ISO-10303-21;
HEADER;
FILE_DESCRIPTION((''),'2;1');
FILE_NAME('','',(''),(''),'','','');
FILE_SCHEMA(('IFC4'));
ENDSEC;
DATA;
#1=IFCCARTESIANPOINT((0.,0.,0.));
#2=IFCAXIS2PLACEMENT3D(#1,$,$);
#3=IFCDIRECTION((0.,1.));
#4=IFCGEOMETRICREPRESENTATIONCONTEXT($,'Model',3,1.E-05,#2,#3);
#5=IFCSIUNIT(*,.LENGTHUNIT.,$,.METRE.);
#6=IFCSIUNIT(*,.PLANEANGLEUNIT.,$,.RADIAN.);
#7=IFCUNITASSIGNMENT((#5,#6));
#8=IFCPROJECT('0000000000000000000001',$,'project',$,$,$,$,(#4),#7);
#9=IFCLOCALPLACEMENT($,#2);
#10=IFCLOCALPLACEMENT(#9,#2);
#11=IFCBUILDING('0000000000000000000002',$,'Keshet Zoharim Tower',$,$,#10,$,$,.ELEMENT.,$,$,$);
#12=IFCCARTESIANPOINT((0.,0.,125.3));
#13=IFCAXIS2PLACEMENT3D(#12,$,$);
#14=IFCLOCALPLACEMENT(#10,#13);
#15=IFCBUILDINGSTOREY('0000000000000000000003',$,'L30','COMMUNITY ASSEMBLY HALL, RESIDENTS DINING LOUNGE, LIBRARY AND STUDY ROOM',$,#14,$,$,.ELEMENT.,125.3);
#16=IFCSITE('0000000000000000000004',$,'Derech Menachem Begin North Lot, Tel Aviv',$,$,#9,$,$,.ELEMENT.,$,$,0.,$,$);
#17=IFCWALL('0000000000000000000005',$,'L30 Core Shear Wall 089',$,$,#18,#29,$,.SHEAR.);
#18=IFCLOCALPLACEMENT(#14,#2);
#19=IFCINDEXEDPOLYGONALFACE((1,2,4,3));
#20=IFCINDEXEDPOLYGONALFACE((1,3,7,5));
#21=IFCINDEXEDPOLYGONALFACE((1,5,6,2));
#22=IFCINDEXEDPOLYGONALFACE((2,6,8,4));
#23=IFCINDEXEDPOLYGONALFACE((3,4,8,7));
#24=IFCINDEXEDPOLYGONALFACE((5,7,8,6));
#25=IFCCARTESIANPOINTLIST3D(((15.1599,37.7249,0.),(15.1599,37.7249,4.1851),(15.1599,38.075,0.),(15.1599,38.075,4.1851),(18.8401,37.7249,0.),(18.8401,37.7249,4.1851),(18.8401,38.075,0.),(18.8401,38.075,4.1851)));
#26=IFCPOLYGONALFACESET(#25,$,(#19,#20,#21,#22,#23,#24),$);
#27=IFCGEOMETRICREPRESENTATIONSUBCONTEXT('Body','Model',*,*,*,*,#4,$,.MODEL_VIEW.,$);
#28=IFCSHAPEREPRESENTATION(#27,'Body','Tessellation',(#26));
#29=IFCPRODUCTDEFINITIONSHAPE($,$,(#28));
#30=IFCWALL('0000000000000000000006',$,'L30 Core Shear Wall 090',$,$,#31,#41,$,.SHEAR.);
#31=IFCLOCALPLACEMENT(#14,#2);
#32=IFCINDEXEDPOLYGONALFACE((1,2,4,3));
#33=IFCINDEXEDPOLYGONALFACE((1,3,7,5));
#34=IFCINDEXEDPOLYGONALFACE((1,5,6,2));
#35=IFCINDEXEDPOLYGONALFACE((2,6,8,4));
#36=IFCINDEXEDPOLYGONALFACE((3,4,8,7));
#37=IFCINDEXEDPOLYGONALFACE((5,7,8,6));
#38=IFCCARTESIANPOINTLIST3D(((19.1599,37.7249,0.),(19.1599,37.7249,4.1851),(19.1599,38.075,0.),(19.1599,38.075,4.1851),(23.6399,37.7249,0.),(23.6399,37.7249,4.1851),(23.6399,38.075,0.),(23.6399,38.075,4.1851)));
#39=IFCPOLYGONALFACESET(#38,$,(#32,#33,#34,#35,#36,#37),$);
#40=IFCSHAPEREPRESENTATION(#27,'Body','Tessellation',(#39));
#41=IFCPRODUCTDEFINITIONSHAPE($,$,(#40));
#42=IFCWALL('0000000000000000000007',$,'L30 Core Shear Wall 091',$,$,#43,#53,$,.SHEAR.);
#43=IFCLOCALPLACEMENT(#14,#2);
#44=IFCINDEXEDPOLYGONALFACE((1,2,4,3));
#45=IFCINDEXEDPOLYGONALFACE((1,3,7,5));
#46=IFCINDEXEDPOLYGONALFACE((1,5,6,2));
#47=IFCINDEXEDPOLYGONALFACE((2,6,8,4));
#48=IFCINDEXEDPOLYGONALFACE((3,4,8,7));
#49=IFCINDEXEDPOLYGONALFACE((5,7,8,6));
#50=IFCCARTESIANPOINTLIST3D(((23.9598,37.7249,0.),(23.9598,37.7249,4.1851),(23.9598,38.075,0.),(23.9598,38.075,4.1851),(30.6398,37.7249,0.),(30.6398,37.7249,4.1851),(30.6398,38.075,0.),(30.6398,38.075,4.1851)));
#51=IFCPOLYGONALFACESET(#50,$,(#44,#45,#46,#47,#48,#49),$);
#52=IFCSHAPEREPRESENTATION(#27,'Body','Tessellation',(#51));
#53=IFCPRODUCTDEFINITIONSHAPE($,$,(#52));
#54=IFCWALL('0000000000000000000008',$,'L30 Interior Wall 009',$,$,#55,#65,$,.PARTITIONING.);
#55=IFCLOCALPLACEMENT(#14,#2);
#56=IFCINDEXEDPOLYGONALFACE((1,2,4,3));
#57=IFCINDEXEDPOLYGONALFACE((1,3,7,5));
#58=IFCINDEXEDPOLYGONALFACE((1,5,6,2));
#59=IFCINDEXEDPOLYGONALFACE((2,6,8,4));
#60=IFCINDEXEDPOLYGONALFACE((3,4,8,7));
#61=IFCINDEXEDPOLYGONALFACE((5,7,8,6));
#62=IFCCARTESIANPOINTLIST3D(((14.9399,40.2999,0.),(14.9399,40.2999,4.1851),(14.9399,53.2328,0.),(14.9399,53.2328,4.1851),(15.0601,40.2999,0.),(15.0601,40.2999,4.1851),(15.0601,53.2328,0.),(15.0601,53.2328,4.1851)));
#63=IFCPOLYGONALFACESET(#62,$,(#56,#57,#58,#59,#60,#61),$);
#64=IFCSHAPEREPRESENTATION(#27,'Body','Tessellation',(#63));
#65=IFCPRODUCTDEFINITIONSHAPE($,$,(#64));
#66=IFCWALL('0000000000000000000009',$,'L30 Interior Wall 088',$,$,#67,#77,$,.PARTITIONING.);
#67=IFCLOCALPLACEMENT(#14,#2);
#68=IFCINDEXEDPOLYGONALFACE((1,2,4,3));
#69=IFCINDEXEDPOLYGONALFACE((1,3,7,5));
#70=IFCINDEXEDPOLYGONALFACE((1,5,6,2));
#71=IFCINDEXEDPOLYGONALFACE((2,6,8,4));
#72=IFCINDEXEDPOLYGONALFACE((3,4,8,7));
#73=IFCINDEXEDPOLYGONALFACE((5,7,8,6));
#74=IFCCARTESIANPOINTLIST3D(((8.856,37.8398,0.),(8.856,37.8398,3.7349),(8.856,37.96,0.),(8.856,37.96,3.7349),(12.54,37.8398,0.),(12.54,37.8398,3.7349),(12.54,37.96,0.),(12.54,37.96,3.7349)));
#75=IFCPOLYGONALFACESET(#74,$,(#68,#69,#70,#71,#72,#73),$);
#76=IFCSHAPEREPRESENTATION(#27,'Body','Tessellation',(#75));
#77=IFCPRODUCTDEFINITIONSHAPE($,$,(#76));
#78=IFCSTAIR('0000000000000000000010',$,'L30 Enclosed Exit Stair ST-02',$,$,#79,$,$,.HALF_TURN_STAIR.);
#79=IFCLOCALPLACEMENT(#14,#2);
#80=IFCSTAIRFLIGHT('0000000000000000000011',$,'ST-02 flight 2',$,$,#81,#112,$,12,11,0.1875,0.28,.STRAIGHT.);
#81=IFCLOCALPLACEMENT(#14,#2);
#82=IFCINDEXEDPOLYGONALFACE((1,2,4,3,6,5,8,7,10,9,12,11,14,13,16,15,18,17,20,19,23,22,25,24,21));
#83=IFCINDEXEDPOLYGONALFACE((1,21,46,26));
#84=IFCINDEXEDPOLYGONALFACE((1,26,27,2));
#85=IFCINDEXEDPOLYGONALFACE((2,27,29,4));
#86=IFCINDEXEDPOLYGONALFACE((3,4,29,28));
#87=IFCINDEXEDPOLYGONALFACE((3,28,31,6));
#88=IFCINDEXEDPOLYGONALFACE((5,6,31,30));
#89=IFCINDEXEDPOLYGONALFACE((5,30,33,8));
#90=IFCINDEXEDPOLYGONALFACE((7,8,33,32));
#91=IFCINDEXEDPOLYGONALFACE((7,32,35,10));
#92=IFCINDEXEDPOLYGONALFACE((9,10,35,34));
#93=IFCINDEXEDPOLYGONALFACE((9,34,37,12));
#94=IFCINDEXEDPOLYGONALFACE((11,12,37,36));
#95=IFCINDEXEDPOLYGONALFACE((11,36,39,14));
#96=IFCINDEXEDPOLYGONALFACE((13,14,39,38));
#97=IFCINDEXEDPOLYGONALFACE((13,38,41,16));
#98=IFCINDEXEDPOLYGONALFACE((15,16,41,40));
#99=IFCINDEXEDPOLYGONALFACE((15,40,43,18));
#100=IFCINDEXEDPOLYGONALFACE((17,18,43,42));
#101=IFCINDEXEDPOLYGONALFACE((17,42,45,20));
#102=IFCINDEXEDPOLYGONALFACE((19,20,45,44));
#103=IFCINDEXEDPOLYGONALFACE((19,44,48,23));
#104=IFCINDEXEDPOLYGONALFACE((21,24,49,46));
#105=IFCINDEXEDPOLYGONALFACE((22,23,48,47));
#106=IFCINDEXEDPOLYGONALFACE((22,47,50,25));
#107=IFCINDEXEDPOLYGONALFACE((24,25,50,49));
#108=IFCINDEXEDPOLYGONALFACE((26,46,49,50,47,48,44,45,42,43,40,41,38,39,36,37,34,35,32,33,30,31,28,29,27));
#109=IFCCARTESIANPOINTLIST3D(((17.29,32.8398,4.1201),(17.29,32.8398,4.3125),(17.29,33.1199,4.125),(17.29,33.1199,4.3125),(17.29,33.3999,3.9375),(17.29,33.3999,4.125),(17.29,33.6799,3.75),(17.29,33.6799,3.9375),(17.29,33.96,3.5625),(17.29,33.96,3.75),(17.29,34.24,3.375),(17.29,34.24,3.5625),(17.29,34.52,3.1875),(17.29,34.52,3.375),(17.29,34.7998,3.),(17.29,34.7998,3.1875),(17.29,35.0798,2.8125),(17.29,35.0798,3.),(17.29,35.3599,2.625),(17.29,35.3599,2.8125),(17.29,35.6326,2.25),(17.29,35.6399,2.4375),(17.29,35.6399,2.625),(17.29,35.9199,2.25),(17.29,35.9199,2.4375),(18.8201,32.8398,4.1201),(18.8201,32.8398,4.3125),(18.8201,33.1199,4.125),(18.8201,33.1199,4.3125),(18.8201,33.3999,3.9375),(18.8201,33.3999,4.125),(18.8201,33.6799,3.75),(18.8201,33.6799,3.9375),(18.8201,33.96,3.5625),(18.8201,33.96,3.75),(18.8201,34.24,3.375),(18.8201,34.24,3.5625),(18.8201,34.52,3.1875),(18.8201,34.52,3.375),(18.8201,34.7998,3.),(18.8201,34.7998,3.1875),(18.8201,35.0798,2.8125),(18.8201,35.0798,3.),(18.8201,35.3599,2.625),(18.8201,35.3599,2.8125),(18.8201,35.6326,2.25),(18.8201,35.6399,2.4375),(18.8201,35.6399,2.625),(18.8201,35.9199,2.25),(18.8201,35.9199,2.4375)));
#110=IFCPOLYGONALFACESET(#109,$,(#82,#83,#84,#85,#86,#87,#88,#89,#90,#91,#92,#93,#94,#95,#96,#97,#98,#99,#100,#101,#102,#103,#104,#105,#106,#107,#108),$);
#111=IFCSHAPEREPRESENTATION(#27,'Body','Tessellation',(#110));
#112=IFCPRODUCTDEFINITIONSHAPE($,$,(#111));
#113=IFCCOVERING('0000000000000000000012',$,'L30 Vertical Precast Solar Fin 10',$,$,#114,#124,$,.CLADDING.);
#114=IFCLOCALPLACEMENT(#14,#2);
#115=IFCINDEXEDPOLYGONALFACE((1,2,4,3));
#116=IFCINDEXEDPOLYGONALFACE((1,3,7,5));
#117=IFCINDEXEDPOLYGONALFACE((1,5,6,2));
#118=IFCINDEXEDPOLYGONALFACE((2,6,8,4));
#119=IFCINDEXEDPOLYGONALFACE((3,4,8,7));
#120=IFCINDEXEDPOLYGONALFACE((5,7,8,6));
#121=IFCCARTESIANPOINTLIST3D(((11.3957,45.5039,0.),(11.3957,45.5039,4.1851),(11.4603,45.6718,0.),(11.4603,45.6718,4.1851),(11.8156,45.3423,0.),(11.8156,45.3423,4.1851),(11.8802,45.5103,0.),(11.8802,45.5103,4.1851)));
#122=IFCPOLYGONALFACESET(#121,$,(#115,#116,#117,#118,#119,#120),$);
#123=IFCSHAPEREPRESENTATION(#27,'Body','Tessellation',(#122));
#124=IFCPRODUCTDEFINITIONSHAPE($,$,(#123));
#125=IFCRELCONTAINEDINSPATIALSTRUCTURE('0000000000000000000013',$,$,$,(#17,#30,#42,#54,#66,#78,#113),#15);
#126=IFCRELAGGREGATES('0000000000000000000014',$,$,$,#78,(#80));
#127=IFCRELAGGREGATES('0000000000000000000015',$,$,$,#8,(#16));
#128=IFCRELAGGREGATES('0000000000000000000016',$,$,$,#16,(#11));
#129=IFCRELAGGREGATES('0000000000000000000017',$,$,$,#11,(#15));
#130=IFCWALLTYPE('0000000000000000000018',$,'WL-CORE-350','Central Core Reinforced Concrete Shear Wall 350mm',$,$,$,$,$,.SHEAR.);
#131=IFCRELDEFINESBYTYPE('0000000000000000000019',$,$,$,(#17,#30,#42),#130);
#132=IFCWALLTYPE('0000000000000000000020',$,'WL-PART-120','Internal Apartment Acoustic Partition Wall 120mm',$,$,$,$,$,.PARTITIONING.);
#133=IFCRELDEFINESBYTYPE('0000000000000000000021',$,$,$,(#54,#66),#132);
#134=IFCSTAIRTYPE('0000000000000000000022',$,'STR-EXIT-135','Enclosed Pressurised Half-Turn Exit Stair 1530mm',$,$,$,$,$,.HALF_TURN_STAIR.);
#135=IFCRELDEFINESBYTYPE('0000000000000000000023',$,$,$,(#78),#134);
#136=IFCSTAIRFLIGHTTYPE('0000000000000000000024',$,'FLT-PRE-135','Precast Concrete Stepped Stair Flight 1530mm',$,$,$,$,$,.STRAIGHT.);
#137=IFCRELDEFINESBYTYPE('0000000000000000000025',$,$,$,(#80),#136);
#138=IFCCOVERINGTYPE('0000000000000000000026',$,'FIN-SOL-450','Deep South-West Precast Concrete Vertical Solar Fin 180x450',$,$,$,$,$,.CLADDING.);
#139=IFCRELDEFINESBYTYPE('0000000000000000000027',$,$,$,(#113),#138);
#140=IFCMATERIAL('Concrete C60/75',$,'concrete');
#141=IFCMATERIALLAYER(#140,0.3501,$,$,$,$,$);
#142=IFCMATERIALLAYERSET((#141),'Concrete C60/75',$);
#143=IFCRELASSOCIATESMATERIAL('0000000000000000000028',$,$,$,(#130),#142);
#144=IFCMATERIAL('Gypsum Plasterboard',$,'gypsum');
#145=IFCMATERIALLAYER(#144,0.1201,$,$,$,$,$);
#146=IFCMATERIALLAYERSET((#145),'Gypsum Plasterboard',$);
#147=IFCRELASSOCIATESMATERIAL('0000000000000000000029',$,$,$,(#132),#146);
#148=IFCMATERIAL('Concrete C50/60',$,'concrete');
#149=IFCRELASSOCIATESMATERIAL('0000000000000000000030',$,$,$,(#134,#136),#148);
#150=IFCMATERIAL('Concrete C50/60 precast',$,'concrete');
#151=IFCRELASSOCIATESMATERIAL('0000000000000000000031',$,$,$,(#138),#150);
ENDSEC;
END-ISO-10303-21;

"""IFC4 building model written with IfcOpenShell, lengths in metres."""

from ifc_helpers import new_model, si_unit, direction, frame, frame_2d, origin, origin_2d, place, context, subcontext, project, spatial, polyline, rectangle, outline, extrude, material, layer, layer_set, type_object, element, aggregate, save


model = new_model("IFC4")

# Units and contexts
model_context = context("Model", 3, precision=1e-05, world=origin(), true_north=direction((0.0, 1.0)))
body_context = subcontext(model_context, "Body", "Model", "MODEL_VIEW")
ifc_project = project(units=[si_unit("LENGTHUNIT", "METRE"), si_unit("PLANEANGLEUNIT", "RADIAN")], contexts=[model_context])

# Site, building, storey
site_placement = place(None, origin())
site = spatial("IfcSite", under=ifc_project, at=site_placement, Name="Derech Menachem Begin North Lot, Tel Aviv", CompositionType="ELEMENT", RefElevation=0.0)
building_placement = place(site_placement, origin())
building = spatial("IfcBuilding", under=site, at=building_placement, Name="Keshet Zoharim Tower", CompositionType="ELEMENT")
storey_placement = place(building_placement, frame((0.0, 0.0, 125.3)))
storey = spatial("IfcBuildingStorey", under=building, at=storey_placement, Name="L30", Description="COMMUNITY ASSEMBLY HALL, RESIDENTS DINING LOUNGE, LIBRARY AND STUDY ROOM", CompositionType="ELEMENT", Elevation=125.3)

# Shared definitions
ifc_material_1 = material(Name="Gypsum Plasterboard", Category="gypsum")

# Shared definitions
ifc_material_2 = material(Name="Concrete C60/75", Category="concrete")
ifc_layer_1 = layer(ifc_material_2, 0.3501)
ifc_layer_set_1 = layer_set([ifc_layer_1], Name="Concrete C60/75")
wall_type_1 = type_object("IfcWallType", Name="WL-CORE-350", Description="Central Core Reinforced Concrete Shear Wall 350mm", PredefinedType="SHEAR", material=ifc_layer_set_1)

# Walls
wall_1_placement = place(storey_placement, frame((15.1599, 37.8999, 0.0), z_axis=(0.0, 0.0, 1.0), x_axis=(1.0, 0.0, 0.0)))
element("IfcWall", 1, at=wall_1_placement, inside=storey, type_object=wall_type_1, Name="L30 Core Shear Wall 089", PredefinedType="SHEAR", context=body_context, shape_type="SweptSolid", body=[
    extrude(rectangle(XDim=3.6802, YDim=0.3501, at=frame_2d((1.8401, 0.0))), origin(), (0.0, 0.0, 1.0), 4.1851),
])
wall_2_placement = place(storey_placement, frame((19.1599, 37.8999, 0.0), z_axis=(0.0, 0.0, 1.0), x_axis=(1.0, 0.0, 0.0)))
element("IfcWall", 2, at=wall_2_placement, inside=storey, type_object=wall_type_1, Name="L30 Core Shear Wall 090", PredefinedType="SHEAR", context=body_context, shape_type="SweptSolid", body=[
    extrude(rectangle(XDim=4.48, YDim=0.3501, at=frame_2d((2.24, 0.0))), origin(), (0.0, 0.0, 1.0), 4.1851),
])
wall_3_placement = place(storey_placement, frame((23.96, 37.8999, 0.0), z_axis=(0.0, 0.0, 1.0), x_axis=(1.0, 0.0, 0.0)))
element("IfcWall", 3, at=wall_3_placement, inside=storey, type_object=wall_type_1, Name="L30 Core Shear Wall 091", PredefinedType="SHEAR", context=body_context, shape_type="SweptSolid", body=[
    extrude(rectangle(XDim=6.6799, YDim=0.3501, at=frame_2d((3.3398, 0.0))), origin(), (0.0, 0.0, 1.0), 4.1851),
])
ifc_layer_2 = layer(ifc_material_1, 0.1201)
ifc_layer_set_2 = layer_set([ifc_layer_2], Name="Gypsum Plasterboard")
wall_type_2 = type_object("IfcWallType", Name="WL-PART-120", Description="Internal Apartment Acoustic Partition Wall 120mm", PredefinedType="PARTITIONING", material=ifc_layer_set_2)
wall_4_placement = place(storey_placement, frame((15.0, 40.3, 0.0), z_axis=(0.0, 0.0, 1.0), x_axis=(0.0, 1.0, 0.0)))
element("IfcWall", 4, at=wall_4_placement, inside=storey, type_object=wall_type_2, Name="L30 Interior Wall 009", PredefinedType="PARTITIONING", context=body_context, shape_type="SweptSolid", body=[
    extrude(rectangle(XDim=12.9329, YDim=0.1201, at=frame_2d((6.4663, 0.0))), origin(), (0.0, 0.0, 1.0), 4.1851),
])
wall_5_placement = place(storey_placement, frame((8.856, 37.8999, 0.0), z_axis=(0.0, 0.0, 1.0), x_axis=(1.0, 0.0, 0.0)))
element("IfcWall", 5, at=wall_5_placement, inside=storey, type_object=wall_type_2, Name="L30 Interior Wall 088", PredefinedType="PARTITIONING", context=body_context, shape_type="SweptSolid", body=[
    extrude(rectangle(XDim=3.6841, YDim=0.1201, at=frame_2d((1.842, 0.0))), origin(), (0.0, 0.0, 1.0), 3.7349),
])

# Stair, stair flight
ifc_material_3 = material(Name="Concrete C50/60", Category="concrete")
stair_type = type_object("IfcStairType", Name="STR-EXIT-135", Description="Enclosed Pressurised Half-Turn Exit Stair 1530mm", PredefinedType="HALF_TURN_STAIR", material=ifc_material_3)
stair_placement = place(storey_placement, origin())
stair = element("IfcStair", 6, at=stair_placement, inside=storey, type_object=stair_type, Name="L30 Enclosed Exit Stair ST-02", PredefinedType="HALF_TURN_STAIR")
stair_flight_type = type_object("IfcStairFlightType", Name="FLT-PRE-135", Description="Precast Concrete Stepped Stair Flight 1530mm", PredefinedType="STRAIGHT", material=ifc_material_3)
stair_flight_placement = place(storey_placement, frame((18.0549, 35.9199, 2.25), z_axis=(0.0, 0.0, 1.0), x_axis=(0.0, -1.0, 0.0)))
stair_flight = element("IfcStairFlight", 7, at=stair_flight_placement, type_object=stair_flight_type, Name="ST-02 flight 2", NumberOfRisers=12, NumberOfTreads=11, PredefinedType="STRAIGHT", RiserHeight=0.1875, TreadLength=0.28, context=body_context, shape_type="SweptSolid", body=[
    extrude(outline(polyline([(0.0, 0.0), (0.0, 0.1875), (0.28, 0.1875), (0.28, 0.375), (0.5601, 0.375), (0.5601, 0.5625), (0.8401, 0.5625), (0.8401, 0.75), (1.1201, 0.75), (1.1201, 0.9375), (1.3999, 0.9375), (1.3999, 1.125), (1.6799, 1.125), (1.6799, 1.3125), (1.96, 1.3125), (1.96, 1.5), (2.24, 1.5), (2.24, 1.6875), (2.52, 1.6875), (2.52, 1.875), (2.8, 1.875), (2.8, 2.0625), (3.0801, 2.0625), (3.0801, 2.25), (3.0801, 1.8701), (0.2874, 0.0), (0.0, 0.0)])), frame((0.0, 0.7651, 0.0), z_axis=(0.0, -1.0, 0.0), x_axis=(1.0, 0.0, 0.0)), (0.0, 0.0, 1.0), 1.53),
])
aggregate(stair, [stair_flight])

# Covering
ifc_material_4 = material(Name="Concrete C50/60 precast", Category="concrete")
covering_type = type_object("IfcCoveringType", Name="FIN-SOL-450", Description="Deep South-West Precast Concrete Vertical Solar Fin 180x450", PredefinedType="CLADDING", material=ifc_material_4)
covering_placement = place(storey_placement, frame((11.6379, 45.5071, 0.0), z_axis=(0.0, 0.0, 1.0), x_axis=(0.35899, 0.933341, 0.0)))
element("IfcCovering", 8, at=covering_placement, inside=storey, type_object=covering_type, Name="L30 Vertical Precast Solar Fin 10", PredefinedType="CLADDING", context=body_context, shape_type="SweptSolid", body=[
    extrude(rectangle(XDim=0.1799, YDim=0.45, at=origin_2d()), origin(), (0.0, 0.0, 1.0), 4.1851),
])

save(model, "model.ifc")
